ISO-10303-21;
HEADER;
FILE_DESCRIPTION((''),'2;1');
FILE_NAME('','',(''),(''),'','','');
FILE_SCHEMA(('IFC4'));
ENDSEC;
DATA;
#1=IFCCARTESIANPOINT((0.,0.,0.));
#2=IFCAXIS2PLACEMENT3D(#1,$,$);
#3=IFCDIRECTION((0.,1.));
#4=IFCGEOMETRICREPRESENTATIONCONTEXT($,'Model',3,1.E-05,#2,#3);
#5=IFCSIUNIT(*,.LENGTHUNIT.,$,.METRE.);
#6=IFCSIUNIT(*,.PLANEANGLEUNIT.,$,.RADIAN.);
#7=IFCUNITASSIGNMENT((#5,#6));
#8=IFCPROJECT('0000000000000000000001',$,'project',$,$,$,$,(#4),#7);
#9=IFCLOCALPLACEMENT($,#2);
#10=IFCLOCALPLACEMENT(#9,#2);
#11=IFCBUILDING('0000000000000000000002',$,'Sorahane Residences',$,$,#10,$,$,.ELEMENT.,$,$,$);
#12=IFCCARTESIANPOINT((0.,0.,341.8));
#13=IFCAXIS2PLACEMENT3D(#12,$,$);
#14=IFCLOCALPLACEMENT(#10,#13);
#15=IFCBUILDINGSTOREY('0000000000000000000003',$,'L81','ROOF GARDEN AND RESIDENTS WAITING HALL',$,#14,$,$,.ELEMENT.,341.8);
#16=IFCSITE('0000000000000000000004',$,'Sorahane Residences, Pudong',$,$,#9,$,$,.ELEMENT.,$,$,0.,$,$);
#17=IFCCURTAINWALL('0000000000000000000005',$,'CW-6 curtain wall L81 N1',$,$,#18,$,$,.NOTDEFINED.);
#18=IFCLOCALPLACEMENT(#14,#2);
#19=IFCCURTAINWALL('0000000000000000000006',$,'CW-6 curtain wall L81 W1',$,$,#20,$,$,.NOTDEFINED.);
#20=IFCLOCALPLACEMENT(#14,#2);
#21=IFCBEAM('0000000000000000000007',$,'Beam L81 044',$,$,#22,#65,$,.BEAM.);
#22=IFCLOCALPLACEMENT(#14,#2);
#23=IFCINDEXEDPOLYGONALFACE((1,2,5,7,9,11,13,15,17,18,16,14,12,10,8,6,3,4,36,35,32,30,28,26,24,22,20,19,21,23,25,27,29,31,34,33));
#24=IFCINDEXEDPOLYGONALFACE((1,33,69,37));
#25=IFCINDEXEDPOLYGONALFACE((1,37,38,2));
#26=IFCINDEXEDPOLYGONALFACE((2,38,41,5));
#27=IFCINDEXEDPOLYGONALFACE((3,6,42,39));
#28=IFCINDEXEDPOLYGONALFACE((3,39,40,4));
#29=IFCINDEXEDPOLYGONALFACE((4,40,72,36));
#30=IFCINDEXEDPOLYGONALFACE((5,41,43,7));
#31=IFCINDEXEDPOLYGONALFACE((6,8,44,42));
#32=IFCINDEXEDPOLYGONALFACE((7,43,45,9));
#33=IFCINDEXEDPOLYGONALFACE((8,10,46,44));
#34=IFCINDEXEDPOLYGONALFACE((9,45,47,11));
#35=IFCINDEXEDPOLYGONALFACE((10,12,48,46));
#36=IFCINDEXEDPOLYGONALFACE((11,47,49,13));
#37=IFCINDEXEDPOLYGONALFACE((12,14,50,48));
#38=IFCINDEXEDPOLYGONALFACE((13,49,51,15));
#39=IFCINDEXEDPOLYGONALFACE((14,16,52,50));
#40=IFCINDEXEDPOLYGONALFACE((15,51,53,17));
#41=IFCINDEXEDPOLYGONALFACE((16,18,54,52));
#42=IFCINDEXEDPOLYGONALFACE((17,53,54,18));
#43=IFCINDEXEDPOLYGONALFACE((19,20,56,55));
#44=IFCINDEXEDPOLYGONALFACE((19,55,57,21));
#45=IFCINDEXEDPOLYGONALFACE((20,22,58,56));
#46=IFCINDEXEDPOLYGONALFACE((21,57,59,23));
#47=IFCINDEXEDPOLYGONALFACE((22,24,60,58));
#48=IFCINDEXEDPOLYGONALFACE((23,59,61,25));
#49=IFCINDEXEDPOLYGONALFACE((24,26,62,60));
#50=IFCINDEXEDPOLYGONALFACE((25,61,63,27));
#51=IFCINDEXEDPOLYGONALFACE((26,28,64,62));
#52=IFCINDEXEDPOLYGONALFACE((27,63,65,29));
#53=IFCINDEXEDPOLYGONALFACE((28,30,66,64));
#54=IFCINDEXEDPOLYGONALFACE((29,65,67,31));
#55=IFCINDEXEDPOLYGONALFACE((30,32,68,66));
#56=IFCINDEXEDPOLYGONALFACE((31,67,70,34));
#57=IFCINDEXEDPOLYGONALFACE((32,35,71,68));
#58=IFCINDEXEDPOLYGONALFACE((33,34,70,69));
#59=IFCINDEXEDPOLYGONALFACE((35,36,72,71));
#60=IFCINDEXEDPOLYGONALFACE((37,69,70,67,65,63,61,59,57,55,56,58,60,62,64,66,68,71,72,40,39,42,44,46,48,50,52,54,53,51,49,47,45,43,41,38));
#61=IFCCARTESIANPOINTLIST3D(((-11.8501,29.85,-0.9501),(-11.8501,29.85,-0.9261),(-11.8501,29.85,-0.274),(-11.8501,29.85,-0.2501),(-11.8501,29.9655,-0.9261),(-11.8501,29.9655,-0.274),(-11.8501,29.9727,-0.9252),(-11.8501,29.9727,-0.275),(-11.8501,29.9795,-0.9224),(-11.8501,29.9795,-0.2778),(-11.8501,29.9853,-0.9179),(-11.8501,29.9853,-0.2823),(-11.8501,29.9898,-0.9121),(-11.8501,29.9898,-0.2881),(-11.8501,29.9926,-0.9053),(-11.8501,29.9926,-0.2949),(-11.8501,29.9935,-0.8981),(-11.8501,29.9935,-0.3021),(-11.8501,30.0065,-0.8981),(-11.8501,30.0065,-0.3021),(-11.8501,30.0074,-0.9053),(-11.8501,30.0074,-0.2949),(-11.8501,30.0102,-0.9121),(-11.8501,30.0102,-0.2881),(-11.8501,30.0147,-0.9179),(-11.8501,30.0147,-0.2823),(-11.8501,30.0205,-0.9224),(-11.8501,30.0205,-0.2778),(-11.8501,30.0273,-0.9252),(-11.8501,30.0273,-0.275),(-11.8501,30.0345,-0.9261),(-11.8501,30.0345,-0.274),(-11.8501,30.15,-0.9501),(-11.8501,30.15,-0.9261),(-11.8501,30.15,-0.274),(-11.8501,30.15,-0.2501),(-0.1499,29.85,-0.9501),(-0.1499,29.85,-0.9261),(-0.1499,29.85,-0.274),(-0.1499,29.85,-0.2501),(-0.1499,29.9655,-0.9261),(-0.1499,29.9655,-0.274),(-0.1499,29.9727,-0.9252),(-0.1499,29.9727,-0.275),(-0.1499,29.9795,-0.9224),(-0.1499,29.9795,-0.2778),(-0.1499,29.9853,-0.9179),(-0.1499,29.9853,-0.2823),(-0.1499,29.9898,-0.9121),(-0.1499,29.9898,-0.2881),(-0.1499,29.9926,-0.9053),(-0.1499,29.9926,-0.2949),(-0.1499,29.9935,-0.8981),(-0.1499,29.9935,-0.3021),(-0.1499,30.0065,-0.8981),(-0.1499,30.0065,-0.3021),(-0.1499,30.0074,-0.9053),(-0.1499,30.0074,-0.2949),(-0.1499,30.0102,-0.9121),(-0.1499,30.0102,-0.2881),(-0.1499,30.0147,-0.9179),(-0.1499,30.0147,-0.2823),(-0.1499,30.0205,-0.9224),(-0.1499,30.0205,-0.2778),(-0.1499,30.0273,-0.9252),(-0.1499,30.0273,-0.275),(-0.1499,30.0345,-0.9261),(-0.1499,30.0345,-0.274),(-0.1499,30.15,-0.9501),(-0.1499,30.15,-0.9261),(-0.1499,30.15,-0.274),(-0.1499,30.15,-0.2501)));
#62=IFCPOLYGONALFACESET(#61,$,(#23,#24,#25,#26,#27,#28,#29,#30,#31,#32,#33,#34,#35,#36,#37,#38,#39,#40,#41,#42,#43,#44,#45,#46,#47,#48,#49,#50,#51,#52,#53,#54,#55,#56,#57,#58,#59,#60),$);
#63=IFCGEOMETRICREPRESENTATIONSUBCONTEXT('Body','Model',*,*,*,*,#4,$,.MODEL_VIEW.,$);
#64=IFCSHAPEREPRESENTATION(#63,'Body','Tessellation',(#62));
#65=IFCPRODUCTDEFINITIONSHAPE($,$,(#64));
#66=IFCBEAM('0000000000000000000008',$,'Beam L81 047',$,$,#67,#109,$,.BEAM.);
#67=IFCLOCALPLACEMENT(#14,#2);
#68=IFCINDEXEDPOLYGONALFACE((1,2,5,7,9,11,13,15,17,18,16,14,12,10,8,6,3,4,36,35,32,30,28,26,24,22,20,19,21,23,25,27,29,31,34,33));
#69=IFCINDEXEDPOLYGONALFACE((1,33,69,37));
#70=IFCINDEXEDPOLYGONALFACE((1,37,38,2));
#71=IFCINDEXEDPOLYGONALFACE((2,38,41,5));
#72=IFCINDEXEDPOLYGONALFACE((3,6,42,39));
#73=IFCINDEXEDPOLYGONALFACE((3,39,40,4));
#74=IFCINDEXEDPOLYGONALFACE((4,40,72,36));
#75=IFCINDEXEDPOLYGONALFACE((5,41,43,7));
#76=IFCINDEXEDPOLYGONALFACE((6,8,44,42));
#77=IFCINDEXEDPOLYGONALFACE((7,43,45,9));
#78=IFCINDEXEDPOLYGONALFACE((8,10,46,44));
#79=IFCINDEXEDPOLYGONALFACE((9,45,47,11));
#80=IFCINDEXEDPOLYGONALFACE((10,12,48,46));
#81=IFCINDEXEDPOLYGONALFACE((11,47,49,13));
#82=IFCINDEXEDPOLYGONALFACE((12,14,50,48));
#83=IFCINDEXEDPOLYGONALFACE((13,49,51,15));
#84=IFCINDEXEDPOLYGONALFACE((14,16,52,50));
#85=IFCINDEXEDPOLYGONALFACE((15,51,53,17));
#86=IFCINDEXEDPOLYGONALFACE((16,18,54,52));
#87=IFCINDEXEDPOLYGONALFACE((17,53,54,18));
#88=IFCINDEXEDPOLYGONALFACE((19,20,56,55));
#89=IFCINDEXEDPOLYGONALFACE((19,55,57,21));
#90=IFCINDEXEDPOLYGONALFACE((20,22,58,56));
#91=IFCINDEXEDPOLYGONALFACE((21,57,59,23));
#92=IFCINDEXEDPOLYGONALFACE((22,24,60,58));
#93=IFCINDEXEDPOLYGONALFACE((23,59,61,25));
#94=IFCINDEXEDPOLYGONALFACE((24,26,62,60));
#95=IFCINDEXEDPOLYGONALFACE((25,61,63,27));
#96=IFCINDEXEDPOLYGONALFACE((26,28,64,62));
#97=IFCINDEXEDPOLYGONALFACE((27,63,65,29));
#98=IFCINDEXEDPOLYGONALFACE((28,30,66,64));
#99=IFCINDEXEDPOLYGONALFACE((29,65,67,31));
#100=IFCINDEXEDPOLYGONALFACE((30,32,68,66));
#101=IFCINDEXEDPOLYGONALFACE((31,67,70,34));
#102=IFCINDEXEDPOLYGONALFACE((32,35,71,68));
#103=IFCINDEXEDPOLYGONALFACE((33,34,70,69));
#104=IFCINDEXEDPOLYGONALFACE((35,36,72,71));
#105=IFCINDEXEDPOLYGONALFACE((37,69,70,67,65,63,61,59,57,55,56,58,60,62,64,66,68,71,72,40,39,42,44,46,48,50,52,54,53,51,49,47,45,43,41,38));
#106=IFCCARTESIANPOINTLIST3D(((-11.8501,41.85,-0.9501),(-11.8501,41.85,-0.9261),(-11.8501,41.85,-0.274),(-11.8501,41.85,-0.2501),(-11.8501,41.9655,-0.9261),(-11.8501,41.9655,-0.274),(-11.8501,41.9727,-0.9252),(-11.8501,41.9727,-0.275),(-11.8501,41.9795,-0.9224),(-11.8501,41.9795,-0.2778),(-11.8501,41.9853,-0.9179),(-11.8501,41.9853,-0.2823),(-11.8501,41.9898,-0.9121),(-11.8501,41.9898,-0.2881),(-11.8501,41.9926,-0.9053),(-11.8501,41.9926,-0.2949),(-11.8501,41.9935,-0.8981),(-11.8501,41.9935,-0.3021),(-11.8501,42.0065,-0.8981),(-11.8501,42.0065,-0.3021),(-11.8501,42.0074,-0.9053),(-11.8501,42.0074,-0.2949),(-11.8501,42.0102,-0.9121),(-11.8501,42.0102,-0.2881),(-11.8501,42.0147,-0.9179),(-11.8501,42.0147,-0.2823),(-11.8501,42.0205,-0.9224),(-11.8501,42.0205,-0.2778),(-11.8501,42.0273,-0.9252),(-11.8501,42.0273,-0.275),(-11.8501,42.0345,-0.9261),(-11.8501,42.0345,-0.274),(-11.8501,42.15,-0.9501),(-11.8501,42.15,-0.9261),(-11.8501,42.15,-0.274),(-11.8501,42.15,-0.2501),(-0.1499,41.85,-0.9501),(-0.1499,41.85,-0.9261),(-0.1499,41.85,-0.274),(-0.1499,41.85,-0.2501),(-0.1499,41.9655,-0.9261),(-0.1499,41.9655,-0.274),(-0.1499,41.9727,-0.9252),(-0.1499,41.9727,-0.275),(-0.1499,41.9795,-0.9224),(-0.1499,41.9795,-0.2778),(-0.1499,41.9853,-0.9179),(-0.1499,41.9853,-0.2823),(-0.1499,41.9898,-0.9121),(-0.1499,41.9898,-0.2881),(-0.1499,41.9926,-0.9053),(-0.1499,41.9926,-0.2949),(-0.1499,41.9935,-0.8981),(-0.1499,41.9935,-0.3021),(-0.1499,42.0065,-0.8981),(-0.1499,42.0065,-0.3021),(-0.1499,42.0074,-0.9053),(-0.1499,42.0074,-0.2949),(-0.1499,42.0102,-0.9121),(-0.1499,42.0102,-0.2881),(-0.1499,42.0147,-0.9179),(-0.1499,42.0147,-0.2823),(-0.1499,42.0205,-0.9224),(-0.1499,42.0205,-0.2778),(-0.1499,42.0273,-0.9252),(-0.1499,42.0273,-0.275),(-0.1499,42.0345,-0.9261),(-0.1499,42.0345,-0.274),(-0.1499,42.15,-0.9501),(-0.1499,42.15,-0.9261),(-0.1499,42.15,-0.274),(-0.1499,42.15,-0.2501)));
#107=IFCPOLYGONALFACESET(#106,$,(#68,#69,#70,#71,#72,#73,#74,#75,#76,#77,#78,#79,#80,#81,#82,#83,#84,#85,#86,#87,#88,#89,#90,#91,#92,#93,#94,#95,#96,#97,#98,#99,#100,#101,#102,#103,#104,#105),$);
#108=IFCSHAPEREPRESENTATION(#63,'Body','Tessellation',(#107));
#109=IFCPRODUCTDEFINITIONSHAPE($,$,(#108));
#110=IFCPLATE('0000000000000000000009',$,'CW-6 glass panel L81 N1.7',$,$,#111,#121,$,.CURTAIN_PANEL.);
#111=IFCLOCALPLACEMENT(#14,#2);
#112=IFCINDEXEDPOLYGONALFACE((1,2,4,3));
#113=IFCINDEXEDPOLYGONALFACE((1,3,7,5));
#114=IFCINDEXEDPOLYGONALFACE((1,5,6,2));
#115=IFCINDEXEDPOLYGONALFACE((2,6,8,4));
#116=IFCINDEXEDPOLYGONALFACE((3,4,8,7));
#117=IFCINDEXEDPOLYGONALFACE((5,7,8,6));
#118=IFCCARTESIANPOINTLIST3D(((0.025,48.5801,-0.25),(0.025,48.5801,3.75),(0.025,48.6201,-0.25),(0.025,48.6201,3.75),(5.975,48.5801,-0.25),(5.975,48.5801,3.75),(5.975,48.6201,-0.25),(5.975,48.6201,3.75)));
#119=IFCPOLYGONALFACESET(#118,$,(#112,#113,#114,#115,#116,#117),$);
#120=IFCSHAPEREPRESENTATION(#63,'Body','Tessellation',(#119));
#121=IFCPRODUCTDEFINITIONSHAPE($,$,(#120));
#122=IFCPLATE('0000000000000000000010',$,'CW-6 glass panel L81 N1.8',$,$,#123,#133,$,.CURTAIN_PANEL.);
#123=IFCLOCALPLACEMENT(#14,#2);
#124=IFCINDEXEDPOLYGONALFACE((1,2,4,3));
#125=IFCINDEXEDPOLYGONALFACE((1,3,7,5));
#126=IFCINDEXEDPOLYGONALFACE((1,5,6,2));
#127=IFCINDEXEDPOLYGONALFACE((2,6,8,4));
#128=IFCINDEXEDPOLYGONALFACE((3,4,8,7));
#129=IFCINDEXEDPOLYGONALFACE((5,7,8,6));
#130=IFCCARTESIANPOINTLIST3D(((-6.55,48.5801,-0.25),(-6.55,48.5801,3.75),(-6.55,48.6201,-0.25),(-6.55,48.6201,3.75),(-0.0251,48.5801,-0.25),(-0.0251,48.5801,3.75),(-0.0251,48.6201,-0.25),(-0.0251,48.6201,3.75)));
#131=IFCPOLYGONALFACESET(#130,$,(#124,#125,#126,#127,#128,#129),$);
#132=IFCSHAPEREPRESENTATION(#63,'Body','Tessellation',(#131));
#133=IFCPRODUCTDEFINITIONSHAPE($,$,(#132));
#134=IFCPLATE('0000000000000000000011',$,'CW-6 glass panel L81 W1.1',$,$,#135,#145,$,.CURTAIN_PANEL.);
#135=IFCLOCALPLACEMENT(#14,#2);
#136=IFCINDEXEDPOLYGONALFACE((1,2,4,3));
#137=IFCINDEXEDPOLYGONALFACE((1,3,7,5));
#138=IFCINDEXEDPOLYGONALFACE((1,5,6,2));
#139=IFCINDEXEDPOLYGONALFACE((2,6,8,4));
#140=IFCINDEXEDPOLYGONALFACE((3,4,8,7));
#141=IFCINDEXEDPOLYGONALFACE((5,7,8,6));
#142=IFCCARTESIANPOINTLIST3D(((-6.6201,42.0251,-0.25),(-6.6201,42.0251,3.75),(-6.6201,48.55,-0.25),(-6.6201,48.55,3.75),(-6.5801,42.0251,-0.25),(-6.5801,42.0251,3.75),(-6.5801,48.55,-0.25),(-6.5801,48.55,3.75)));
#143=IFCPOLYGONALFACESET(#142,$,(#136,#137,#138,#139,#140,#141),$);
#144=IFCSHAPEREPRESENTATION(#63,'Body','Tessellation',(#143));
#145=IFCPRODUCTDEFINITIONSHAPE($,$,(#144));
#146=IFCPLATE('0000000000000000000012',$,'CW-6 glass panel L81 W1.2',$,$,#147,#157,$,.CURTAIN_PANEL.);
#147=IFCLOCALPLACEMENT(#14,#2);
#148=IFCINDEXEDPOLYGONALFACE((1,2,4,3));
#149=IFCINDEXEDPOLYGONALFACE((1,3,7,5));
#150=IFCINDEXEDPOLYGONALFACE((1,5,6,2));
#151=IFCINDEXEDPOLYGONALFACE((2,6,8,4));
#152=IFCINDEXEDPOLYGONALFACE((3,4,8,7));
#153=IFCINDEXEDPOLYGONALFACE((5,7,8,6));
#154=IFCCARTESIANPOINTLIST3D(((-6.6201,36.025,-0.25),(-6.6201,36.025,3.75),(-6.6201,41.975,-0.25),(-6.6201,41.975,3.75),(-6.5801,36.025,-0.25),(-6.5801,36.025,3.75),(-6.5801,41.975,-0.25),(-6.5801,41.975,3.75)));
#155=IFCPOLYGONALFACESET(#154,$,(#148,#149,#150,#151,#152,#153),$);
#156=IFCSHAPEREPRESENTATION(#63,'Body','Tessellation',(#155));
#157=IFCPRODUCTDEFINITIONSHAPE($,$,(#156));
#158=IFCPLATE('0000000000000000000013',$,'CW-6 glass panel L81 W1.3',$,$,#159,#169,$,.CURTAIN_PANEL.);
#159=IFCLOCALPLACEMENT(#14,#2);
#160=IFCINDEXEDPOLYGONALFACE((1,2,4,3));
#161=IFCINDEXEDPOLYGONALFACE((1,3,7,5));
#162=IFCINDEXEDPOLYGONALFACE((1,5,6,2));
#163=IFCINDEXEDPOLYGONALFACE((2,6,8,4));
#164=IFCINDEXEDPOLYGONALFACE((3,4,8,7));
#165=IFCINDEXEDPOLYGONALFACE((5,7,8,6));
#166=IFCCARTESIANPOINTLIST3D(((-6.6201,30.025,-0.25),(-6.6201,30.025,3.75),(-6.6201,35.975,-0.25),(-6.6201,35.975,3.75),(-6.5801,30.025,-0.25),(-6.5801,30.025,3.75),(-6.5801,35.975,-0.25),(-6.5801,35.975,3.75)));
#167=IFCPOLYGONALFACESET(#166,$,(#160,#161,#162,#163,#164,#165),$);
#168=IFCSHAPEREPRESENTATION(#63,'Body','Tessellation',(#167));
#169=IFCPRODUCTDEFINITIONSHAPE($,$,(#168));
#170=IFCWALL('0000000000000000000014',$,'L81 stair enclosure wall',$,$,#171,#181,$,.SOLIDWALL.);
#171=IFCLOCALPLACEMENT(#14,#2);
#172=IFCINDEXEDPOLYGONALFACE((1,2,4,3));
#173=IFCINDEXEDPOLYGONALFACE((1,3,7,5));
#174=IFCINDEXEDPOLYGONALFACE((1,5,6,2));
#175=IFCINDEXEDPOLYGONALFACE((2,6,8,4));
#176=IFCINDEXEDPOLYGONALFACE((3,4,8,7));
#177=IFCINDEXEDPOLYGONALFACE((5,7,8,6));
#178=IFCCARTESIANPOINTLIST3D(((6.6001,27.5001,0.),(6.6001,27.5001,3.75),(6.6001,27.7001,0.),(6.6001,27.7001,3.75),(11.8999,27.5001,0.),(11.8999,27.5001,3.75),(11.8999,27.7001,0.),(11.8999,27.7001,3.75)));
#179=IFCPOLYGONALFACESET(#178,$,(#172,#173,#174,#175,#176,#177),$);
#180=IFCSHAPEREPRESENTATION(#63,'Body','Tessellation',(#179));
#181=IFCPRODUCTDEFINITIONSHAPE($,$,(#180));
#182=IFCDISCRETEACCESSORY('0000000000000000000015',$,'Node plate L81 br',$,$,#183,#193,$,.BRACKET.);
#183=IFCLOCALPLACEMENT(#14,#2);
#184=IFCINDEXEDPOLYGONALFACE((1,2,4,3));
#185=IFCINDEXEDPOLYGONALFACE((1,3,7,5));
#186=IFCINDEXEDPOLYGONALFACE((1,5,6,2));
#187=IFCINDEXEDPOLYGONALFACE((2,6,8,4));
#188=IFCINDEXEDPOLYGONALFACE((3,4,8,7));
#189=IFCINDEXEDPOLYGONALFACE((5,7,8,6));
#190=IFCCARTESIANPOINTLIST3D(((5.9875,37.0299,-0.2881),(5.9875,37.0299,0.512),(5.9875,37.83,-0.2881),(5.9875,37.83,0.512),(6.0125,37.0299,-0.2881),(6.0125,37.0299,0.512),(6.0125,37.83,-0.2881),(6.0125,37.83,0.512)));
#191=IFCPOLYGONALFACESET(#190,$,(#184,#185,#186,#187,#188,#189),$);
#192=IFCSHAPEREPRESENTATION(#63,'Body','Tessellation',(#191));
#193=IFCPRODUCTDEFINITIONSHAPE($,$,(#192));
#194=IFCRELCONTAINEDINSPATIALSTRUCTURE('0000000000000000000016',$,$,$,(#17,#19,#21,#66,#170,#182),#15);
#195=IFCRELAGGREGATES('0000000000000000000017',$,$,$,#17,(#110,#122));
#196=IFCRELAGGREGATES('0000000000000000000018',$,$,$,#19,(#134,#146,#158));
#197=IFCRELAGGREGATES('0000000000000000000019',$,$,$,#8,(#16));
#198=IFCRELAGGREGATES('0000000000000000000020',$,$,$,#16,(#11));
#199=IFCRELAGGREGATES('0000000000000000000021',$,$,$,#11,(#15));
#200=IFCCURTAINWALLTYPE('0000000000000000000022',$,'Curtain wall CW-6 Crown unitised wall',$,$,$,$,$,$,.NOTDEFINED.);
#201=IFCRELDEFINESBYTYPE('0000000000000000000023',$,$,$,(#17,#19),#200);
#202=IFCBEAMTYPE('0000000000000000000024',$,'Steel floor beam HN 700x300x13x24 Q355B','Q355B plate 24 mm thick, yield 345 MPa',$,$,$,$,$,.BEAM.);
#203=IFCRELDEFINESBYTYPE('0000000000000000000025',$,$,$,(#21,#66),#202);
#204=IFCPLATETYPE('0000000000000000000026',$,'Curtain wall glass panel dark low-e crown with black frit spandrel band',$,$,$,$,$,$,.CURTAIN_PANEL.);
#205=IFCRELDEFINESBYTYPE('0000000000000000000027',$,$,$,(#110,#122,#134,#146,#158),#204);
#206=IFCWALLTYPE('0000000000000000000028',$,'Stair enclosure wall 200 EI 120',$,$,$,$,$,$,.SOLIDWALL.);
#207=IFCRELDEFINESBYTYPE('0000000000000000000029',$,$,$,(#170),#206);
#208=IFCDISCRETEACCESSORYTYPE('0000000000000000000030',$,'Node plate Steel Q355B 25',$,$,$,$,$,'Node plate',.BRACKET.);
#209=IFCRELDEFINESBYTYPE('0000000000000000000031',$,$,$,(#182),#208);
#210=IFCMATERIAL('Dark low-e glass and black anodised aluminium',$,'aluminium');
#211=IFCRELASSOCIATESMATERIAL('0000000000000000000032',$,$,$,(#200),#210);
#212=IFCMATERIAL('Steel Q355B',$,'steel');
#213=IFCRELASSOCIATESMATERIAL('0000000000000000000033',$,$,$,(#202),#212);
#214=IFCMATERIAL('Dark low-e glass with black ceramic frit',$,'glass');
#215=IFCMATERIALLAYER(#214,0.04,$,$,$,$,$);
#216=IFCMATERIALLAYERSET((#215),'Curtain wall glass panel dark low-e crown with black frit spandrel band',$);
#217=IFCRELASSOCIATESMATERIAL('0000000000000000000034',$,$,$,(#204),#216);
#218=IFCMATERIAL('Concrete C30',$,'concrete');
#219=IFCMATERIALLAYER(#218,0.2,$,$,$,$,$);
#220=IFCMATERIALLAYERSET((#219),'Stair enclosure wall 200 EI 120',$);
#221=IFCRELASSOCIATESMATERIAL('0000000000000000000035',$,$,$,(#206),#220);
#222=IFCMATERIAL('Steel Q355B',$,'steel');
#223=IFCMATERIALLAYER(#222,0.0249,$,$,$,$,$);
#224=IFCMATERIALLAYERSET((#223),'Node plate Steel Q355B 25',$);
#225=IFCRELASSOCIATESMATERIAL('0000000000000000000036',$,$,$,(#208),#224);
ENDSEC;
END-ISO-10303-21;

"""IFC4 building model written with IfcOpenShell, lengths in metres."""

from ifc_helpers import new_model, si_unit, direction, frame, frame_2d, origin, origin_2d, place, context, subcontext, project, spatial, rectangle, i_section, extrude, material, layer, layer_set, material_profile, profile_set, type_object, element, aggregate, save


model = new_model("IFC4")

# Units and contexts
model_context = context("Model", 3, precision=1e-05, world=origin(), true_north=direction((0.0, 1.0)))
body_context = subcontext(model_context, "Body", "Model", "MODEL_VIEW")
ifc_project = project(units=[si_unit("LENGTHUNIT", "METRE"), si_unit("PLANEANGLEUNIT", "RADIAN")], contexts=[model_context])

# Site, building, storey
site_placement = place(None, origin())
site = spatial("IfcSite", under=ifc_project, at=site_placement, Name="Sorahane Residences, Pudong", CompositionType="ELEMENT", RefElevation=0.0)
building_placement = place(site_placement, origin())
building = spatial("IfcBuilding", under=site, at=building_placement, Name="Sorahane Residences", CompositionType="ELEMENT")
storey_placement = place(building_placement, frame((0.0, 0.0, 341.8)))
storey = spatial("IfcBuildingStorey", under=building, at=storey_placement, Name="L81", Description="ROOF GARDEN AND RESIDENTS WAITING HALL", CompositionType="ELEMENT", Elevation=341.8)

# Curtain walls
ifc_material_1 = material(Name="Dark low-e glass and black anodised aluminium", Category="aluminium")
curtain_wall_type = type_object("IfcCurtainWallType", Name="Curtain wall CW-6 Crown unitised wall", PredefinedType="NOTDEFINED", material=ifc_material_1)
curtain_wall_1_placement = place(storey_placement, origin())
curtain_wall_1 = element("IfcCurtainWall", 1, at=curtain_wall_1_placement, inside=storey, type_object=curtain_wall_type, Name="CW-6 curtain wall L81 N1", PredefinedType="NOTDEFINED")
curtain_wall_2_placement = place(storey_placement, origin())
curtain_wall_2 = element("IfcCurtainWall", 2, at=curtain_wall_2_placement, inside=storey, type_object=curtain_wall_type, Name="CW-6 curtain wall L81 W1", PredefinedType="NOTDEFINED")

# Beams
ifc_material_2 = material(Name="Steel Q355B", Category="steel")
ifc_material_profile_1 = material_profile(ifc_material_2, i_section(OverallWidth=0.3, OverallDepth=0.7, WebThickness=0.0129, FlangeThickness=0.0239, FilletRadius=0.0281, at=origin_2d()), Name="HN 700x300x13x24")
ifc_profile_set_1 = profile_set([ifc_material_profile_1], Name="Steel Q355B")
beam_type_1 = type_object("IfcBeamType", Name="Steel floor beam HN 700x300x13x24 Q355B", Description="Q355B plate 24 mm thick, yield 345 MPa", PredefinedType="BEAM", material=ifc_profile_set_1)
for number, where, z_axis, x_axis, name in (
    (3, (-11.8501, 30.0, -0.6001), (1.0, 0.0, 0.0), (0.0, 1.0, 0.0), "Beam L81 044"),
    (4, (-11.8501, 42.0, -0.6001), (1.0, 0.0, 0.0), (0.0, 1.0, 0.0), "Beam L81 047"),
):
    element("IfcBeam", number, at=place(storey_placement, frame(where, z_axis=z_axis, x_axis=x_axis)), inside=storey, type_object=beam_type_1, Name=name, PredefinedType="BEAM", context=body_context, shape_type="SweptSolid", body=[
        extrude(i_section(OverallWidth=0.3, OverallDepth=0.7, WebThickness=0.0129, FlangeThickness=0.0239, FilletRadius=0.0281, at=origin_2d()), origin(), (0.0, 0.0, 1.0), 11.7002),
    ])

# Plates
ifc_material_3 = material(Name="Dark low-e glass with black ceramic frit", Category="glass")
ifc_layer_1 = layer(ifc_material_3, 0.04)
ifc_layer_set_1 = layer_set([ifc_layer_1], Name="Curtain wall glass panel dark low-e crown with black frit spandrel band")
plate_type = type_object("IfcPlateType", Name="Curtain wall glass panel dark low-e crown with black frit spandrel band", PredefinedType="CURTAIN_PANEL", material=ifc_layer_set_1)
plate_1_placement = place(storey_placement, frame((3.0, 48.6001, -0.25), z_axis=(0.0, 0.0, 1.0), x_axis=(-1.0, 0.0, 0.0)))
plate_1 = element("IfcPlate", 5, at=plate_1_placement, type_object=plate_type, Name="CW-6 glass panel L81 N1.7", PredefinedType="CURTAIN_PANEL", context=body_context, shape_type="SweptSolid", body=[
    extrude(rectangle(XDim=5.95, YDim=0.04, at=origin_2d()), origin(), (0.0, 0.0, 1.0), 4.0),
])
plate_2_placement = place(storey_placement, frame((-3.2876, 48.6001, -0.25), z_axis=(0.0, 0.0, 1.0), x_axis=(-1.0, 0.0, 0.0)))
plate_2 = element("IfcPlate", 6, at=plate_2_placement, type_object=plate_type, Name="CW-6 glass panel L81 N1.8", PredefinedType="CURTAIN_PANEL", context=body_context, shape_type="SweptSolid", body=[
    extrude(rectangle(XDim=6.5249, YDim=0.04, at=origin_2d()), origin(), (0.0, 0.0, 1.0), 4.0),
])
aggregate(curtain_wall_1, [plate_1, plate_2])
plate_3_placement = place(storey_placement, frame((-6.6001, 45.2876, -0.25), z_axis=(0.0, 0.0, 1.0), x_axis=(0.0, -1.0, 0.0)))
plate_3 = element("IfcPlate", 7, at=plate_3_placement, type_object=plate_type, Name="CW-6 glass panel L81 W1.1", PredefinedType="CURTAIN_PANEL", context=body_context, shape_type="SweptSolid", body=[
    extrude(rectangle(XDim=6.5249, YDim=0.04, at=origin_2d()), origin(), (0.0, 0.0, 1.0), 4.0),
])
plate_4_placement = place(storey_placement, frame((-6.6001, 39.0, -0.25), z_axis=(0.0, 0.0, 1.0), x_axis=(0.0, -1.0, 0.0)))
plate_4 = element("IfcPlate", 8, at=plate_4_placement, type_object=plate_type, Name="CW-6 glass panel L81 W1.2", PredefinedType="CURTAIN_PANEL", context=body_context, shape_type="SweptSolid", body=[
    extrude(rectangle(XDim=5.95, YDim=0.04, at=origin_2d()), origin(), (0.0, 0.0, 1.0), 4.0),
])
plate_5_placement = place(storey_placement, frame((-6.6001, 33.0, -0.25), z_axis=(0.0, 0.0, 1.0), x_axis=(0.0, -1.0, 0.0)))
plate_5 = element("IfcPlate", 9, at=plate_5_placement, type_object=plate_type, Name="CW-6 glass panel L81 W1.3", PredefinedType="CURTAIN_PANEL", context=body_context, shape_type="SweptSolid", body=[
    extrude(rectangle(XDim=5.95, YDim=0.04, at=origin_2d()), origin(), (0.0, 0.0, 1.0), 4.0),
])
aggregate(curtain_wall_2, [plate_3, plate_4, plate_5])

# Wall
ifc_material_4 = material(Name="Concrete C30", Category="concrete")
ifc_layer_2 = layer(ifc_material_4, 0.2)
ifc_layer_set_2 = layer_set([ifc_layer_2], Name="Stair enclosure wall 200 EI 120")
wall_type = type_object("IfcWallType", Name="Stair enclosure wall 200 EI 120", PredefinedType="SOLIDWALL", material=ifc_layer_set_2)
wall_placement = place(storey_placement, frame((6.6001, 27.6001, 0.0), z_axis=(0.0, 0.0, 1.0), x_axis=(1.0, 0.0, 0.0)))
element("IfcWall", 10, at=wall_placement, inside=storey, type_object=wall_type, Name="L81 stair enclosure wall", PredefinedType="SOLIDWALL", context=body_context, shape_type="SweptSolid", body=[
    extrude(rectangle(XDim=5.2998, YDim=0.2, at=frame_2d((2.6499, 0.0))), origin(), (0.0, 0.0, 1.0), 3.75),
])

# Discrete accessory
ifc_material_5 = material(Name="Steel Q355B", Category="steel")
ifc_layer_3 = layer(ifc_material_5, 0.0249)
ifc_layer_set_3 = layer_set([ifc_layer_3], Name="Node plate Steel Q355B 25")
discrete_accessory_type = type_object("IfcDiscreteAccessoryType", Name="Node plate Steel Q355B 25", ElementType="Node plate", PredefinedType="BRACKET", material=ifc_layer_set_3)
for number, where, z_axis, x_axis, name in (
    (11, (6.0, 37.4299, -0.2881), (0.0, 0.0, 1.0), (0.0, 1.0, 0.0), "Node plate L81 br"),
):
    element("IfcDiscreteAccessory", number, at=place(storey_placement, frame(where, z_axis=z_axis, x_axis=x_axis)), inside=storey, type_object=discrete_accessory_type, Name=name, PredefinedType="BRACKET", context=body_context, shape_type="SweptSolid", body=[
        extrude(rectangle(XDim=0.8, YDim=0.0249, at=origin_2d()), origin(), (0.0, 0.0, 1.0), 0.8),
    ])

save(model, "model.ifc")
